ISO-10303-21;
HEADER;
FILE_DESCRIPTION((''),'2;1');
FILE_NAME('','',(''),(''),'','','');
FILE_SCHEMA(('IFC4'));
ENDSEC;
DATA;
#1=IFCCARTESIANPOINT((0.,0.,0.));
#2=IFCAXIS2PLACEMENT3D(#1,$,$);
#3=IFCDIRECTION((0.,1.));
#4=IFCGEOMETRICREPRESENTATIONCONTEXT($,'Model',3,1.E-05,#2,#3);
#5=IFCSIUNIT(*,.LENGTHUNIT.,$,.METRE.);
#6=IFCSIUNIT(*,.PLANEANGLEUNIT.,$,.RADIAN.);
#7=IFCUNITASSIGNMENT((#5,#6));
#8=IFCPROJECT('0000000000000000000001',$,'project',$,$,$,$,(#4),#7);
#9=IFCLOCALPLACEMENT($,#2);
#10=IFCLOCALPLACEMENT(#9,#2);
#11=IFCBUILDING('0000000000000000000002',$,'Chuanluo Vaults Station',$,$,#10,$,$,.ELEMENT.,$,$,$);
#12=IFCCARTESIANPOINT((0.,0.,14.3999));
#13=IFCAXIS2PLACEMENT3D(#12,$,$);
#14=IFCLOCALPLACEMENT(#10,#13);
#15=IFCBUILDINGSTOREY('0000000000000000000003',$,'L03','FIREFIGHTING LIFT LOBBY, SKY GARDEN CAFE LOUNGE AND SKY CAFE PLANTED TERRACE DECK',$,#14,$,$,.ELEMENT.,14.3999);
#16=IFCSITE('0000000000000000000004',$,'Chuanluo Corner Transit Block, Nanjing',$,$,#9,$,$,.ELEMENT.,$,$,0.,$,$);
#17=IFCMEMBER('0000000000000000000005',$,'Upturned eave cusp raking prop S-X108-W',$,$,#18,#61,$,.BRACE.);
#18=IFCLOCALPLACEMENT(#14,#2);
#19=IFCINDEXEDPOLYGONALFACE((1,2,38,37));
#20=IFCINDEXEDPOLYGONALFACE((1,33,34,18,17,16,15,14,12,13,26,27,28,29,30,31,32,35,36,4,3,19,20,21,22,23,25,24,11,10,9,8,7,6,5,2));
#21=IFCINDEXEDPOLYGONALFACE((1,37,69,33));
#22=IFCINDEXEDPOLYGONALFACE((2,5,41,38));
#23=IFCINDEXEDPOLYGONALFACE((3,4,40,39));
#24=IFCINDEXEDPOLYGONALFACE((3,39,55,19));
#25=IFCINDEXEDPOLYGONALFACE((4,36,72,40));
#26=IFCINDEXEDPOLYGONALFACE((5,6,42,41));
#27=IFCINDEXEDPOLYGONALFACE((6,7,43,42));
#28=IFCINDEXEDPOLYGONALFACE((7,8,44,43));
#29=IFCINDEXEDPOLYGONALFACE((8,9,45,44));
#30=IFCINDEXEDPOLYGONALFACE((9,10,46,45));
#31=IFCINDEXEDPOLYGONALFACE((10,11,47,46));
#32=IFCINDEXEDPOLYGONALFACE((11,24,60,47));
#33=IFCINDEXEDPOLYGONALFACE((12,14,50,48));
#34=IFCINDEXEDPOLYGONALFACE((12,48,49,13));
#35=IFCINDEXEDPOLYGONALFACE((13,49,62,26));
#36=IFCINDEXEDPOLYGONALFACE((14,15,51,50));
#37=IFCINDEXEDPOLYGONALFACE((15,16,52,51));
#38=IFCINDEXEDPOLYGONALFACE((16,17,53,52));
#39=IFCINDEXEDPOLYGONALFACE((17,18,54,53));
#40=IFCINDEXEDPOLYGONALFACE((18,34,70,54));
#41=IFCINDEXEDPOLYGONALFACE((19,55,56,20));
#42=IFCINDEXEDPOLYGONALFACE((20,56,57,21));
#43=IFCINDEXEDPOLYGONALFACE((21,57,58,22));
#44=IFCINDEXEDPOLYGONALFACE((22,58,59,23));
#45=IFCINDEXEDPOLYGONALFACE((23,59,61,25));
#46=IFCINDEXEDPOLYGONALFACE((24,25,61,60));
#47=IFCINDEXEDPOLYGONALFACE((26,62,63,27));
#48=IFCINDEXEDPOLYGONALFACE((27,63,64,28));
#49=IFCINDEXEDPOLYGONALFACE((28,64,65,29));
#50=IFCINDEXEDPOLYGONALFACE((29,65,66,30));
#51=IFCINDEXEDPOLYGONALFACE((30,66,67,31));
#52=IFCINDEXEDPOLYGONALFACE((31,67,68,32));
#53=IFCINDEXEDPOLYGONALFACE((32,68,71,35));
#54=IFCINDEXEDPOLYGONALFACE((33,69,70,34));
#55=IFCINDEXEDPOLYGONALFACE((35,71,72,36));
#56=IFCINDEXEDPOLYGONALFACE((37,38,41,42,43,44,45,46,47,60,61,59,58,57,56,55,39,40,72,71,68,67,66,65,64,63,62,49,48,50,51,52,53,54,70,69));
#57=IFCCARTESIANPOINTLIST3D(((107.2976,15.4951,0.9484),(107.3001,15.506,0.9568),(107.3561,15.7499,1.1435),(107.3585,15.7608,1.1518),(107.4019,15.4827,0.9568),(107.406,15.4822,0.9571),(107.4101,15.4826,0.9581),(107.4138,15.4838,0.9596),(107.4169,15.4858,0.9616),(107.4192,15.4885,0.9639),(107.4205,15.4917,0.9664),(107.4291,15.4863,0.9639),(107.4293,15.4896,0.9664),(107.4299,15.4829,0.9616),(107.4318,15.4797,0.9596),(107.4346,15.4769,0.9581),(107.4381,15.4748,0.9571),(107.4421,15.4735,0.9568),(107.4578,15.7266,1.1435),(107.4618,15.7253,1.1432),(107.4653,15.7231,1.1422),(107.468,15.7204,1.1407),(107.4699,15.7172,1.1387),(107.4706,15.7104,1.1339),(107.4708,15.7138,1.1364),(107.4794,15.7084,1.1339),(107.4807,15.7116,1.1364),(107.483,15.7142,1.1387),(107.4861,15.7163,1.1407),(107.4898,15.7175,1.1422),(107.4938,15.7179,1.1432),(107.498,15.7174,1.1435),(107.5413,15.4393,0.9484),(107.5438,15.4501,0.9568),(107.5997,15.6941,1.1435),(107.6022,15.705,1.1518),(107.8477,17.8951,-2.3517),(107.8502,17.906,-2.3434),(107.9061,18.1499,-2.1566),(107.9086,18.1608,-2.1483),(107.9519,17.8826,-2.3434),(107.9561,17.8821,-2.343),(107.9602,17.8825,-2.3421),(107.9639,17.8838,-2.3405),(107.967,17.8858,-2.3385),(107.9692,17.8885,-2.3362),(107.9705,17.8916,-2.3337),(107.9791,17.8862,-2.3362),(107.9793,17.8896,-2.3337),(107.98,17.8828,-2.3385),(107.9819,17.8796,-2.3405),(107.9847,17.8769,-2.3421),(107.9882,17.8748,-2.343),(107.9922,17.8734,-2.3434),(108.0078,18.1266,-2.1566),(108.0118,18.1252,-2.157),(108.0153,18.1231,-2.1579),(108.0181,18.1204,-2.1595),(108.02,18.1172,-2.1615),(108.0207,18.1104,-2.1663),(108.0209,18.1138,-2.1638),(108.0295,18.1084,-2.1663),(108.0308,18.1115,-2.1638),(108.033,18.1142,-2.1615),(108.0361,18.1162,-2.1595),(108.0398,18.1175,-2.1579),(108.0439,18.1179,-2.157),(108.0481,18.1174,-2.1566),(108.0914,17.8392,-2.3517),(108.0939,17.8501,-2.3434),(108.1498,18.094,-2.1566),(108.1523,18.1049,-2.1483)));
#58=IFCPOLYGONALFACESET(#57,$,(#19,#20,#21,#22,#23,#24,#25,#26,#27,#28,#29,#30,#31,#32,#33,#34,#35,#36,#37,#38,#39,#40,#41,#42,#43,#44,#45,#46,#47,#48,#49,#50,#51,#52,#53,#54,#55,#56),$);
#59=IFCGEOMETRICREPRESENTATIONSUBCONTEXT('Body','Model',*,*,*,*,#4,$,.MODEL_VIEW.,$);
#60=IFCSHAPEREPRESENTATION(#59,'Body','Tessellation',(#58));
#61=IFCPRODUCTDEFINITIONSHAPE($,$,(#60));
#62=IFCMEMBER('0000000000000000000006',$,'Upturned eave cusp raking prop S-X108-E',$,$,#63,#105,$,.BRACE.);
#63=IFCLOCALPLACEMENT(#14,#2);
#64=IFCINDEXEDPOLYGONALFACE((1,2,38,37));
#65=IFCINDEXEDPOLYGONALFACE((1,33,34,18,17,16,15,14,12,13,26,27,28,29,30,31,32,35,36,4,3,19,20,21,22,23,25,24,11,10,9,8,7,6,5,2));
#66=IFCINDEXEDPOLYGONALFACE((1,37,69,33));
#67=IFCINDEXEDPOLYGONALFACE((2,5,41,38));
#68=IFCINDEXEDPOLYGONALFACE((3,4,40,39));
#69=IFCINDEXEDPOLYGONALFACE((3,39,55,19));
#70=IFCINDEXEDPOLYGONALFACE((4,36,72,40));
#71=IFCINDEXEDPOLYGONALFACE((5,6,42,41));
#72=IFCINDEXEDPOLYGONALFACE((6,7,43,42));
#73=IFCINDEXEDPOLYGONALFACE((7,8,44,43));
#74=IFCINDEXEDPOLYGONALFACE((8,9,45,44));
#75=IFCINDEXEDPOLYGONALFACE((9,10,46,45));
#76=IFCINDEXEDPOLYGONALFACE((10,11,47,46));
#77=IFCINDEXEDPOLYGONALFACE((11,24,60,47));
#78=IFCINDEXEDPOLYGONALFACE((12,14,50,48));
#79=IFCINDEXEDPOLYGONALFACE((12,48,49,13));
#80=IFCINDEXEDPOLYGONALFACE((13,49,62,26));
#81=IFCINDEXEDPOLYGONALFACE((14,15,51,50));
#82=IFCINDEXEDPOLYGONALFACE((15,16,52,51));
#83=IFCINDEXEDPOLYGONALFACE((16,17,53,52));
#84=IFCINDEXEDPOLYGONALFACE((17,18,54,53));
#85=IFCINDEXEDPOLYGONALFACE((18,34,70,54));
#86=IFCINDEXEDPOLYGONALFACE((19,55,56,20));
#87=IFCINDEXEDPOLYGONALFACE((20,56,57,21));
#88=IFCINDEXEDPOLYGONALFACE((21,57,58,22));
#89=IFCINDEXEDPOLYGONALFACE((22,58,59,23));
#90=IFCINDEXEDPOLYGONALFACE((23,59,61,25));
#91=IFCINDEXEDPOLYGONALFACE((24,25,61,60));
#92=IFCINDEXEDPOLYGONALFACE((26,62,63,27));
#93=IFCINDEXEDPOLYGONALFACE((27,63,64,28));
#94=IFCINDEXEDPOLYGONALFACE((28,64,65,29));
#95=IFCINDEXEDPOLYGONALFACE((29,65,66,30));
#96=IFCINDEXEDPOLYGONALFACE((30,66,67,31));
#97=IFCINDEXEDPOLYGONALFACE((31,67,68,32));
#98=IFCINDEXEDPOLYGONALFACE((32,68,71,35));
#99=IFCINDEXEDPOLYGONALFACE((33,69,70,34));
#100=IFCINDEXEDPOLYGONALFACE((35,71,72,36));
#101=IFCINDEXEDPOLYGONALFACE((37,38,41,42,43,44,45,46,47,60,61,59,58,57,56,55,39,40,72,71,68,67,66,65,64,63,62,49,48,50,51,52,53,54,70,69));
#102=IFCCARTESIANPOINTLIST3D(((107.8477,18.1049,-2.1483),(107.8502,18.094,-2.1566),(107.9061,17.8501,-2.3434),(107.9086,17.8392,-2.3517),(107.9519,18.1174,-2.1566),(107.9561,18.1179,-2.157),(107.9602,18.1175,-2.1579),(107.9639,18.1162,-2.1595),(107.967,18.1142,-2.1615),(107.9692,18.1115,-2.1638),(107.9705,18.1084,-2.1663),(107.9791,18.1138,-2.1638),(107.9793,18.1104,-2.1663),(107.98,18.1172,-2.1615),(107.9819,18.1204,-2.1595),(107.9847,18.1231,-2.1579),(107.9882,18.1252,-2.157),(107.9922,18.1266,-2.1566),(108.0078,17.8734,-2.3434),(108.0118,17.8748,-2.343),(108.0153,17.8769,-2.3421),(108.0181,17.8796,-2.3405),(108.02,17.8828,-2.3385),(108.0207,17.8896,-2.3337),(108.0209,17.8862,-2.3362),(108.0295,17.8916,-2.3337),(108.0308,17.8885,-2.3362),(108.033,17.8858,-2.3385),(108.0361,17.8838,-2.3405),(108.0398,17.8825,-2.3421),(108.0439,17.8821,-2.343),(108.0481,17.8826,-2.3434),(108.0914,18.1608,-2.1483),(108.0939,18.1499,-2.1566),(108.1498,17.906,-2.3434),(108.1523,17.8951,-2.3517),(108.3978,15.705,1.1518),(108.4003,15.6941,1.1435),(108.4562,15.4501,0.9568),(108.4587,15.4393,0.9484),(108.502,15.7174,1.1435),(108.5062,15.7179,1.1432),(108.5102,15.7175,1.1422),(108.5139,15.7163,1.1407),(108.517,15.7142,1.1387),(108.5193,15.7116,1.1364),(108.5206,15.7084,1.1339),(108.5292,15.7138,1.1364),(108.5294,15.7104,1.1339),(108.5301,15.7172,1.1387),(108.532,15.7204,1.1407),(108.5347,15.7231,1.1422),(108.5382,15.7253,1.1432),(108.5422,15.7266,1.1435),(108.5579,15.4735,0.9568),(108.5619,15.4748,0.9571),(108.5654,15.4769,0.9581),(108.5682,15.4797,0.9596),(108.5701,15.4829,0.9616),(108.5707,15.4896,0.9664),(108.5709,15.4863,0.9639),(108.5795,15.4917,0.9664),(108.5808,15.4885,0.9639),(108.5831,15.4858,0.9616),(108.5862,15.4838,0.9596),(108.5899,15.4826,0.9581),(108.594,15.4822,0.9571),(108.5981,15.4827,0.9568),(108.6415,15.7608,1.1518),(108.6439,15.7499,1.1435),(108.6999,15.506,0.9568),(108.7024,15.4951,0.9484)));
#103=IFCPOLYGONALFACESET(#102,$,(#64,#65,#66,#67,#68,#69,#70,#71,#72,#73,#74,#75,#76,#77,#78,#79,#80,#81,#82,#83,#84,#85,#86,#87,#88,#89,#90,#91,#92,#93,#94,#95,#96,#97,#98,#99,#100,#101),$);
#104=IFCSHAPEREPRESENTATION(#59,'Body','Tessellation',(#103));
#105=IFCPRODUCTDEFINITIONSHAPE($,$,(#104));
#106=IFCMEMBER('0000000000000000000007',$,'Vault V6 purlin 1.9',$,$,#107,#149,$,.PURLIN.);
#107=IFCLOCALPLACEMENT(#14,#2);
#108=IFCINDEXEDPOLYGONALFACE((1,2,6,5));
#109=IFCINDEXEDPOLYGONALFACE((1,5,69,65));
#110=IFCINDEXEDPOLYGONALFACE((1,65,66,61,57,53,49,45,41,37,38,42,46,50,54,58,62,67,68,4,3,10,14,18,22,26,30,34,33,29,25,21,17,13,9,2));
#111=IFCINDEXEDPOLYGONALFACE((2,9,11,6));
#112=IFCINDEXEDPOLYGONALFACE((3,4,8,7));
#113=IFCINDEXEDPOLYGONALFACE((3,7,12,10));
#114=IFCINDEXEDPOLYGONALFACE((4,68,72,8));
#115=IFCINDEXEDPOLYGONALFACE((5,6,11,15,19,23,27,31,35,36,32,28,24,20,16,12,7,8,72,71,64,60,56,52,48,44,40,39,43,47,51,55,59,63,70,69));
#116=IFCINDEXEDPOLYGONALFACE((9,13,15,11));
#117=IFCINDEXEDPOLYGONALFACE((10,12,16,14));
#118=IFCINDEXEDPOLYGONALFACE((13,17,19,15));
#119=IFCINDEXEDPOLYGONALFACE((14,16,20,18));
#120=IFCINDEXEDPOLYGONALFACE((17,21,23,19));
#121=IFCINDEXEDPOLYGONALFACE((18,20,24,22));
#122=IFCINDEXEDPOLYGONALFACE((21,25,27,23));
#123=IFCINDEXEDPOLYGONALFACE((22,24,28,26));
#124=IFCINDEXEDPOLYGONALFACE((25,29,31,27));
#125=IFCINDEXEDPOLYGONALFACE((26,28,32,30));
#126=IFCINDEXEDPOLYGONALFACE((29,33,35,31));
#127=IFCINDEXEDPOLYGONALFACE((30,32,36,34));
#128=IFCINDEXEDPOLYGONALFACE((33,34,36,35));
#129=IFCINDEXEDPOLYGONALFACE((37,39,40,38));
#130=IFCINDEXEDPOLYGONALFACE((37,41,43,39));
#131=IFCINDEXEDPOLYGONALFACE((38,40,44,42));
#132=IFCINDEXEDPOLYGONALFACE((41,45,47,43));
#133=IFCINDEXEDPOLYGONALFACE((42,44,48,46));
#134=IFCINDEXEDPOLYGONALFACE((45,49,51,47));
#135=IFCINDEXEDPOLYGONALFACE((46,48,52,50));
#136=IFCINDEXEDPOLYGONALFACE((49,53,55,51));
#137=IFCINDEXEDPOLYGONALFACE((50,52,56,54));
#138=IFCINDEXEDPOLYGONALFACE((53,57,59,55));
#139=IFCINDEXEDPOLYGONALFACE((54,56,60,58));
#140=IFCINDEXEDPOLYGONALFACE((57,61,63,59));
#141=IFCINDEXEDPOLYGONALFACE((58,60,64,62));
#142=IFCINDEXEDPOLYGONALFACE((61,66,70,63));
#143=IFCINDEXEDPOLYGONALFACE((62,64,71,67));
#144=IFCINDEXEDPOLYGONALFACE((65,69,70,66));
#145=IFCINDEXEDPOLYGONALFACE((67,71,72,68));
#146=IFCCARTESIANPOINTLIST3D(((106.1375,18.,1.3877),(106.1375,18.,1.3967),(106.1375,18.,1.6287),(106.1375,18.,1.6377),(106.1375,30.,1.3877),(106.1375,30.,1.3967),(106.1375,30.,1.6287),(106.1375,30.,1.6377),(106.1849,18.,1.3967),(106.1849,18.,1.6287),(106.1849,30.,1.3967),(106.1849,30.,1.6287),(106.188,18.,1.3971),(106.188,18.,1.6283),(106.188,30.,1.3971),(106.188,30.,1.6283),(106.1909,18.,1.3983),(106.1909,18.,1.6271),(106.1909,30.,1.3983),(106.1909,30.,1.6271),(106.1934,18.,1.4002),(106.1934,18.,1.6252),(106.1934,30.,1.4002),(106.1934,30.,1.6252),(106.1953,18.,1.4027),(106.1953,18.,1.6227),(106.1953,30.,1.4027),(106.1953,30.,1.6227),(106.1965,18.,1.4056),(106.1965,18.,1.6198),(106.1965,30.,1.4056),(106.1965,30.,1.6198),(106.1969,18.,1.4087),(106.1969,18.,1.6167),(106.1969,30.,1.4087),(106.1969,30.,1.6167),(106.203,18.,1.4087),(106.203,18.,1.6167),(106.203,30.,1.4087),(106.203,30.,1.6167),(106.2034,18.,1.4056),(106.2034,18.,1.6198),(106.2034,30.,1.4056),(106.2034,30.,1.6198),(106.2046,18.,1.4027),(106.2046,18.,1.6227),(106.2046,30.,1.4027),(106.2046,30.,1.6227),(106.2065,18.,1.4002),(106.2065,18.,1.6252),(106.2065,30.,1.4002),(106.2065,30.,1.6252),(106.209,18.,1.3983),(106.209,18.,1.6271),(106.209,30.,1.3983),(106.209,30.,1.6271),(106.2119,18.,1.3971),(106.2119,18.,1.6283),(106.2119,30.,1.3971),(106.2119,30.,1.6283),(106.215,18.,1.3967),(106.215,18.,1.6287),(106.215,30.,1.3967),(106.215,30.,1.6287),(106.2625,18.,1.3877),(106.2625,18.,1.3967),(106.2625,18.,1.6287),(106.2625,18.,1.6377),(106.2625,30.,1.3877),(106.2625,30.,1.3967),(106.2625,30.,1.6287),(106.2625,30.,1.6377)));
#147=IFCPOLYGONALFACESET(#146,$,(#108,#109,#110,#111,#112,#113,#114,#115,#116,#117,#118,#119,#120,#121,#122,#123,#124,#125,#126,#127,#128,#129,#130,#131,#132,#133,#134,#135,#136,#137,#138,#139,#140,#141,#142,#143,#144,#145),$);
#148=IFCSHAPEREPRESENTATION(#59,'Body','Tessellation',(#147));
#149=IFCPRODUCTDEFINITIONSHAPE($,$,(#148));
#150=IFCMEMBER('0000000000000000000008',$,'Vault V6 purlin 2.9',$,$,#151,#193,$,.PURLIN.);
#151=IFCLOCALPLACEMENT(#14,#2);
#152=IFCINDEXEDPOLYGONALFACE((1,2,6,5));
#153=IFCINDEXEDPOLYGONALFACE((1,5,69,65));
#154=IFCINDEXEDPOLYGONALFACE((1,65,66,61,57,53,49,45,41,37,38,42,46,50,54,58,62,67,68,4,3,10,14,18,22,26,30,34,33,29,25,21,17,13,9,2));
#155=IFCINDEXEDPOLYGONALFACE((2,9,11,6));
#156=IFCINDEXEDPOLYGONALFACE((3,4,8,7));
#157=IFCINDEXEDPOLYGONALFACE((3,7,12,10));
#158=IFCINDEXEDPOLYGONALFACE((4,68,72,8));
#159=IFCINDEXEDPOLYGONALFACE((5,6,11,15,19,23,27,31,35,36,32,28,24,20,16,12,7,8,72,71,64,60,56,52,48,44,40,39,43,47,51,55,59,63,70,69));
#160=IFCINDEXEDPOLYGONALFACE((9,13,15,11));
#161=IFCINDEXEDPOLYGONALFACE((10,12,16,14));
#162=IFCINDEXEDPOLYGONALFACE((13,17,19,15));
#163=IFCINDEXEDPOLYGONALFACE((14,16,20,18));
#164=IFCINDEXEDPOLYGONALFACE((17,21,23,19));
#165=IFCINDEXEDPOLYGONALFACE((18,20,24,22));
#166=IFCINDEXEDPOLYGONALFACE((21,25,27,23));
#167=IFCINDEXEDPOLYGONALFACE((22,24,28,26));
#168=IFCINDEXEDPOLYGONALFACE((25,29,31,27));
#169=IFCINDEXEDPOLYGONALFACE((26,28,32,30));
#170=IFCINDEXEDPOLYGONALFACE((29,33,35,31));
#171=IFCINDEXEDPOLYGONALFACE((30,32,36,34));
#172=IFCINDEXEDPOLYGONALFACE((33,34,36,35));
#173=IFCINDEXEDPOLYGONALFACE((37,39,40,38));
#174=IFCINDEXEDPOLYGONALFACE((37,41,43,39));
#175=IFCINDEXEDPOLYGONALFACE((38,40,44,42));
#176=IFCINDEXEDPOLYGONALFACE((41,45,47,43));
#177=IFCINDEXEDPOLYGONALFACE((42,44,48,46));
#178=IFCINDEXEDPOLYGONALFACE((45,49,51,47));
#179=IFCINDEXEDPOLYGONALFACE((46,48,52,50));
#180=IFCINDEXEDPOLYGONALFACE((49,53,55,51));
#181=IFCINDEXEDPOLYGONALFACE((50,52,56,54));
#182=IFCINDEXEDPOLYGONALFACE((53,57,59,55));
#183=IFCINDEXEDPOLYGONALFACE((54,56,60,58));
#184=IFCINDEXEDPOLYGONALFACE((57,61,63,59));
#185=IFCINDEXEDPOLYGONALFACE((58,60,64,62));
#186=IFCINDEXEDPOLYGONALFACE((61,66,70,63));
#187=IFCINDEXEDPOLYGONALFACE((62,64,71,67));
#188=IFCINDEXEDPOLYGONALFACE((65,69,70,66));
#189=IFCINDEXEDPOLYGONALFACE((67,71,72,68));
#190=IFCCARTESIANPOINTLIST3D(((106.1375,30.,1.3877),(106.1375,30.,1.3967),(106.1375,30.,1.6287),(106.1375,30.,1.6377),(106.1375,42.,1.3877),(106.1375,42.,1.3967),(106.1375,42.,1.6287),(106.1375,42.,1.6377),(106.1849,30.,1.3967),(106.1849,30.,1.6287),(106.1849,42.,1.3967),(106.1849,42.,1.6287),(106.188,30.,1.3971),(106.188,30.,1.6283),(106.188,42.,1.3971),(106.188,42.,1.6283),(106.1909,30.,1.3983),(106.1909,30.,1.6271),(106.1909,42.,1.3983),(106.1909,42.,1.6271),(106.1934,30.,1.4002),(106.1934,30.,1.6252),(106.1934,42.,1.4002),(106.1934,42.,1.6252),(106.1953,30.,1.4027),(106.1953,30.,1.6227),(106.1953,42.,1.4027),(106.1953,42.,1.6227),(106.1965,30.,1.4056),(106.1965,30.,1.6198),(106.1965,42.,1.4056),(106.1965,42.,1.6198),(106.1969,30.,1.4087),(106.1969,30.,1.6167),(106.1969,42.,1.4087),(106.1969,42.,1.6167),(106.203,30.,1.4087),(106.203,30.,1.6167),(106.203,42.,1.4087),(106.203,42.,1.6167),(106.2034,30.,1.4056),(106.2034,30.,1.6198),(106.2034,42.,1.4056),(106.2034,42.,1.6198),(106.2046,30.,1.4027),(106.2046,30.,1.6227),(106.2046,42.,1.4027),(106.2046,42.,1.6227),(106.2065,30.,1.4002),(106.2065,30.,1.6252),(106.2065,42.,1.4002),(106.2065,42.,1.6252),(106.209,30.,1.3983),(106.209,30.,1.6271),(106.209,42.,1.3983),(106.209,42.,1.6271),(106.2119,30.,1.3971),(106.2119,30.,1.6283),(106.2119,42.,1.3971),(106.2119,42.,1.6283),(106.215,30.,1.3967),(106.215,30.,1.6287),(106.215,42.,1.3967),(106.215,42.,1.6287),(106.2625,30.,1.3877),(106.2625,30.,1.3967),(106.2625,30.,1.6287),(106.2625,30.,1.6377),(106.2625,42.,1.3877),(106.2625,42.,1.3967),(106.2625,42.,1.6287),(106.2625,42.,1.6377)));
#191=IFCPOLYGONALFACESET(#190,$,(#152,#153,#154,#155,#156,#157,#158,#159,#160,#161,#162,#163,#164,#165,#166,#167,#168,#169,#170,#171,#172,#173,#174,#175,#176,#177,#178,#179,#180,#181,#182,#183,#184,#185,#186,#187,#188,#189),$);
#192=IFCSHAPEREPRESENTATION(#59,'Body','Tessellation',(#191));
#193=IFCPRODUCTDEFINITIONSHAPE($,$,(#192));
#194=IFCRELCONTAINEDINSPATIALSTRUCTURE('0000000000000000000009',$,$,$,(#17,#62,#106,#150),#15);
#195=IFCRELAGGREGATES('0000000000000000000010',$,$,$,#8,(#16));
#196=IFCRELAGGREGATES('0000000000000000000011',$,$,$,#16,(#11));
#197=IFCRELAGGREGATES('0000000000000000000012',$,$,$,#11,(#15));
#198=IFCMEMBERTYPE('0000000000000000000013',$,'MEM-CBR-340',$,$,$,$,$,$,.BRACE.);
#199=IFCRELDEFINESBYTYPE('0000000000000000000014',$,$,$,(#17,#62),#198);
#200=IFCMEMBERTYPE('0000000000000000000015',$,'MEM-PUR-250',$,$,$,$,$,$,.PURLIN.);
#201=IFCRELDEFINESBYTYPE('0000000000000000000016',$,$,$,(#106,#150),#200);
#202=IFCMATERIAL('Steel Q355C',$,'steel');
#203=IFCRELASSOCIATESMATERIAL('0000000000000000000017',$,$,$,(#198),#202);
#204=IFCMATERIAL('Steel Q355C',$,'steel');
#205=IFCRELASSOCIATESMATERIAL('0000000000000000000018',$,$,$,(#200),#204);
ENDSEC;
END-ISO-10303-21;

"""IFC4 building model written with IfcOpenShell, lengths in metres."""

from ifc_helpers import new_model, si_unit, direction, frame, origin, origin_2d, place, context, subcontext, project, spatial, i_section, extrude, material, material_profile, profile_set, type_object, element, save


model = new_model("IFC4")

# Units and contexts
model_context = context("Model", 3, precision=1e-05, world=origin(), true_north=direction((0.0, 1.0)))
body_context = subcontext(model_context, "Body", "Model", "MODEL_VIEW")
ifc_project = project(units=[si_unit("LENGTHUNIT", "METRE"), si_unit("PLANEANGLEUNIT", "RADIAN")], contexts=[model_context])

# Site, building, storey
site_placement = place(None, origin())
site = spatial("IfcSite", under=ifc_project, at=site_placement, Name="Chuanluo Corner Transit Block, Nanjing", CompositionType="ELEMENT", RefElevation=0.0)
building_placement = place(site_placement, origin())
building = spatial("IfcBuilding", under=site, at=building_placement, Name="Chuanluo Vaults Station", CompositionType="ELEMENT")
storey_placement = place(building_placement, frame((0.0, 0.0, 14.3999)))
storey = spatial("IfcBuildingStorey", under=building, at=storey_placement, Name="L03", Description="FIREFIGHTING LIFT LOBBY, SKY GARDEN CAFE LOUNGE AND SKY CAFE PLANTED TERRACE DECK", CompositionType="ELEMENT", Elevation=14.3999)

# Members
ifc_material_1 = material(Name="Steel Q355C", Category="steel")
ifc_material_profile_1 = material_profile(ifc_material_1, i_section(OverallWidth=0.25, OverallDepth=0.3401, WebThickness=0.009, FlangeThickness=0.0139, FilletRadius=0.0161, at=origin_2d()))
ifc_profile_set_1 = profile_set([ifc_material_profile_1], Name="Steel Q355C")
member_type_1 = type_object("IfcMemberType", Name="MEM-CBR-340", PredefinedType="BRACE", material=ifc_profile_set_1)
for number, where, z_axis, x_axis, name in (
    (1, (108.0, 18.0, -2.25), (-0.133594, -0.582878, 0.801502), (0.974726, -0.223404, 0.0), "Upturned eave cusp raking prop S-X108-W"),
    (2, (108.0, 18.0, -2.25), (0.133594, -0.582878, 0.801502), (0.974726, 0.223404, 0.0), "Upturned eave cusp raking prop S-X108-E"),
):
    element("IfcMember", number, at=place(storey_placement, frame(where, z_axis=z_axis, x_axis=x_axis)), inside=storey, type_object=member_type_1, Name=name, PredefinedType="BRACE", context=body_context, shape_type="SweptSolid", body=[
        extrude(i_section(OverallWidth=0.25, OverallDepth=0.3401, WebThickness=0.009, FlangeThickness=0.0139, FilletRadius=0.0161, at=origin_2d()), origin(), (0.0, 0.0, 1.0), 4.1174),
    ])
ifc_material_2 = material(Name="Steel Q355C", Category="steel")
ifc_material_profile_2 = material_profile(ifc_material_2, i_section(OverallWidth=0.125, OverallDepth=0.25, WebThickness=0.0061, FlangeThickness=0.009, FilletRadius=0.012, at=origin_2d()))
ifc_profile_set_2 = profile_set([ifc_material_profile_2], Name="Steel Q355C")
member_type_2 = type_object("IfcMemberType", Name="MEM-PUR-250", PredefinedType="PURLIN", material=ifc_profile_set_2)
for number, where, z_axis, x_axis, name in (
    (3, (106.2, 18.0, 1.5127), (0.0, 1.0, 0.0), (-1.0, 0.0, 0.0), "Vault V6 purlin 1.9"),
    (4, (106.2, 30.0, 1.5127), (0.0, 1.0, 0.0), (-1.0, 0.0, 0.0), "Vault V6 purlin 2.9"),
):
    element("IfcMember", number, at=place(storey_placement, frame(where, z_axis=z_axis, x_axis=x_axis)), inside=storey, type_object=member_type_2, Name=name, PredefinedType="PURLIN", context=body_context, shape_type="SweptSolid", body=[
        extrude(i_section(OverallWidth=0.125, OverallDepth=0.25, WebThickness=0.0061, FlangeThickness=0.009, FilletRadius=0.012, at=origin_2d()), origin(), (0.0, 0.0, 1.0), 12.0),
    ])

save(model, "model.ifc")
